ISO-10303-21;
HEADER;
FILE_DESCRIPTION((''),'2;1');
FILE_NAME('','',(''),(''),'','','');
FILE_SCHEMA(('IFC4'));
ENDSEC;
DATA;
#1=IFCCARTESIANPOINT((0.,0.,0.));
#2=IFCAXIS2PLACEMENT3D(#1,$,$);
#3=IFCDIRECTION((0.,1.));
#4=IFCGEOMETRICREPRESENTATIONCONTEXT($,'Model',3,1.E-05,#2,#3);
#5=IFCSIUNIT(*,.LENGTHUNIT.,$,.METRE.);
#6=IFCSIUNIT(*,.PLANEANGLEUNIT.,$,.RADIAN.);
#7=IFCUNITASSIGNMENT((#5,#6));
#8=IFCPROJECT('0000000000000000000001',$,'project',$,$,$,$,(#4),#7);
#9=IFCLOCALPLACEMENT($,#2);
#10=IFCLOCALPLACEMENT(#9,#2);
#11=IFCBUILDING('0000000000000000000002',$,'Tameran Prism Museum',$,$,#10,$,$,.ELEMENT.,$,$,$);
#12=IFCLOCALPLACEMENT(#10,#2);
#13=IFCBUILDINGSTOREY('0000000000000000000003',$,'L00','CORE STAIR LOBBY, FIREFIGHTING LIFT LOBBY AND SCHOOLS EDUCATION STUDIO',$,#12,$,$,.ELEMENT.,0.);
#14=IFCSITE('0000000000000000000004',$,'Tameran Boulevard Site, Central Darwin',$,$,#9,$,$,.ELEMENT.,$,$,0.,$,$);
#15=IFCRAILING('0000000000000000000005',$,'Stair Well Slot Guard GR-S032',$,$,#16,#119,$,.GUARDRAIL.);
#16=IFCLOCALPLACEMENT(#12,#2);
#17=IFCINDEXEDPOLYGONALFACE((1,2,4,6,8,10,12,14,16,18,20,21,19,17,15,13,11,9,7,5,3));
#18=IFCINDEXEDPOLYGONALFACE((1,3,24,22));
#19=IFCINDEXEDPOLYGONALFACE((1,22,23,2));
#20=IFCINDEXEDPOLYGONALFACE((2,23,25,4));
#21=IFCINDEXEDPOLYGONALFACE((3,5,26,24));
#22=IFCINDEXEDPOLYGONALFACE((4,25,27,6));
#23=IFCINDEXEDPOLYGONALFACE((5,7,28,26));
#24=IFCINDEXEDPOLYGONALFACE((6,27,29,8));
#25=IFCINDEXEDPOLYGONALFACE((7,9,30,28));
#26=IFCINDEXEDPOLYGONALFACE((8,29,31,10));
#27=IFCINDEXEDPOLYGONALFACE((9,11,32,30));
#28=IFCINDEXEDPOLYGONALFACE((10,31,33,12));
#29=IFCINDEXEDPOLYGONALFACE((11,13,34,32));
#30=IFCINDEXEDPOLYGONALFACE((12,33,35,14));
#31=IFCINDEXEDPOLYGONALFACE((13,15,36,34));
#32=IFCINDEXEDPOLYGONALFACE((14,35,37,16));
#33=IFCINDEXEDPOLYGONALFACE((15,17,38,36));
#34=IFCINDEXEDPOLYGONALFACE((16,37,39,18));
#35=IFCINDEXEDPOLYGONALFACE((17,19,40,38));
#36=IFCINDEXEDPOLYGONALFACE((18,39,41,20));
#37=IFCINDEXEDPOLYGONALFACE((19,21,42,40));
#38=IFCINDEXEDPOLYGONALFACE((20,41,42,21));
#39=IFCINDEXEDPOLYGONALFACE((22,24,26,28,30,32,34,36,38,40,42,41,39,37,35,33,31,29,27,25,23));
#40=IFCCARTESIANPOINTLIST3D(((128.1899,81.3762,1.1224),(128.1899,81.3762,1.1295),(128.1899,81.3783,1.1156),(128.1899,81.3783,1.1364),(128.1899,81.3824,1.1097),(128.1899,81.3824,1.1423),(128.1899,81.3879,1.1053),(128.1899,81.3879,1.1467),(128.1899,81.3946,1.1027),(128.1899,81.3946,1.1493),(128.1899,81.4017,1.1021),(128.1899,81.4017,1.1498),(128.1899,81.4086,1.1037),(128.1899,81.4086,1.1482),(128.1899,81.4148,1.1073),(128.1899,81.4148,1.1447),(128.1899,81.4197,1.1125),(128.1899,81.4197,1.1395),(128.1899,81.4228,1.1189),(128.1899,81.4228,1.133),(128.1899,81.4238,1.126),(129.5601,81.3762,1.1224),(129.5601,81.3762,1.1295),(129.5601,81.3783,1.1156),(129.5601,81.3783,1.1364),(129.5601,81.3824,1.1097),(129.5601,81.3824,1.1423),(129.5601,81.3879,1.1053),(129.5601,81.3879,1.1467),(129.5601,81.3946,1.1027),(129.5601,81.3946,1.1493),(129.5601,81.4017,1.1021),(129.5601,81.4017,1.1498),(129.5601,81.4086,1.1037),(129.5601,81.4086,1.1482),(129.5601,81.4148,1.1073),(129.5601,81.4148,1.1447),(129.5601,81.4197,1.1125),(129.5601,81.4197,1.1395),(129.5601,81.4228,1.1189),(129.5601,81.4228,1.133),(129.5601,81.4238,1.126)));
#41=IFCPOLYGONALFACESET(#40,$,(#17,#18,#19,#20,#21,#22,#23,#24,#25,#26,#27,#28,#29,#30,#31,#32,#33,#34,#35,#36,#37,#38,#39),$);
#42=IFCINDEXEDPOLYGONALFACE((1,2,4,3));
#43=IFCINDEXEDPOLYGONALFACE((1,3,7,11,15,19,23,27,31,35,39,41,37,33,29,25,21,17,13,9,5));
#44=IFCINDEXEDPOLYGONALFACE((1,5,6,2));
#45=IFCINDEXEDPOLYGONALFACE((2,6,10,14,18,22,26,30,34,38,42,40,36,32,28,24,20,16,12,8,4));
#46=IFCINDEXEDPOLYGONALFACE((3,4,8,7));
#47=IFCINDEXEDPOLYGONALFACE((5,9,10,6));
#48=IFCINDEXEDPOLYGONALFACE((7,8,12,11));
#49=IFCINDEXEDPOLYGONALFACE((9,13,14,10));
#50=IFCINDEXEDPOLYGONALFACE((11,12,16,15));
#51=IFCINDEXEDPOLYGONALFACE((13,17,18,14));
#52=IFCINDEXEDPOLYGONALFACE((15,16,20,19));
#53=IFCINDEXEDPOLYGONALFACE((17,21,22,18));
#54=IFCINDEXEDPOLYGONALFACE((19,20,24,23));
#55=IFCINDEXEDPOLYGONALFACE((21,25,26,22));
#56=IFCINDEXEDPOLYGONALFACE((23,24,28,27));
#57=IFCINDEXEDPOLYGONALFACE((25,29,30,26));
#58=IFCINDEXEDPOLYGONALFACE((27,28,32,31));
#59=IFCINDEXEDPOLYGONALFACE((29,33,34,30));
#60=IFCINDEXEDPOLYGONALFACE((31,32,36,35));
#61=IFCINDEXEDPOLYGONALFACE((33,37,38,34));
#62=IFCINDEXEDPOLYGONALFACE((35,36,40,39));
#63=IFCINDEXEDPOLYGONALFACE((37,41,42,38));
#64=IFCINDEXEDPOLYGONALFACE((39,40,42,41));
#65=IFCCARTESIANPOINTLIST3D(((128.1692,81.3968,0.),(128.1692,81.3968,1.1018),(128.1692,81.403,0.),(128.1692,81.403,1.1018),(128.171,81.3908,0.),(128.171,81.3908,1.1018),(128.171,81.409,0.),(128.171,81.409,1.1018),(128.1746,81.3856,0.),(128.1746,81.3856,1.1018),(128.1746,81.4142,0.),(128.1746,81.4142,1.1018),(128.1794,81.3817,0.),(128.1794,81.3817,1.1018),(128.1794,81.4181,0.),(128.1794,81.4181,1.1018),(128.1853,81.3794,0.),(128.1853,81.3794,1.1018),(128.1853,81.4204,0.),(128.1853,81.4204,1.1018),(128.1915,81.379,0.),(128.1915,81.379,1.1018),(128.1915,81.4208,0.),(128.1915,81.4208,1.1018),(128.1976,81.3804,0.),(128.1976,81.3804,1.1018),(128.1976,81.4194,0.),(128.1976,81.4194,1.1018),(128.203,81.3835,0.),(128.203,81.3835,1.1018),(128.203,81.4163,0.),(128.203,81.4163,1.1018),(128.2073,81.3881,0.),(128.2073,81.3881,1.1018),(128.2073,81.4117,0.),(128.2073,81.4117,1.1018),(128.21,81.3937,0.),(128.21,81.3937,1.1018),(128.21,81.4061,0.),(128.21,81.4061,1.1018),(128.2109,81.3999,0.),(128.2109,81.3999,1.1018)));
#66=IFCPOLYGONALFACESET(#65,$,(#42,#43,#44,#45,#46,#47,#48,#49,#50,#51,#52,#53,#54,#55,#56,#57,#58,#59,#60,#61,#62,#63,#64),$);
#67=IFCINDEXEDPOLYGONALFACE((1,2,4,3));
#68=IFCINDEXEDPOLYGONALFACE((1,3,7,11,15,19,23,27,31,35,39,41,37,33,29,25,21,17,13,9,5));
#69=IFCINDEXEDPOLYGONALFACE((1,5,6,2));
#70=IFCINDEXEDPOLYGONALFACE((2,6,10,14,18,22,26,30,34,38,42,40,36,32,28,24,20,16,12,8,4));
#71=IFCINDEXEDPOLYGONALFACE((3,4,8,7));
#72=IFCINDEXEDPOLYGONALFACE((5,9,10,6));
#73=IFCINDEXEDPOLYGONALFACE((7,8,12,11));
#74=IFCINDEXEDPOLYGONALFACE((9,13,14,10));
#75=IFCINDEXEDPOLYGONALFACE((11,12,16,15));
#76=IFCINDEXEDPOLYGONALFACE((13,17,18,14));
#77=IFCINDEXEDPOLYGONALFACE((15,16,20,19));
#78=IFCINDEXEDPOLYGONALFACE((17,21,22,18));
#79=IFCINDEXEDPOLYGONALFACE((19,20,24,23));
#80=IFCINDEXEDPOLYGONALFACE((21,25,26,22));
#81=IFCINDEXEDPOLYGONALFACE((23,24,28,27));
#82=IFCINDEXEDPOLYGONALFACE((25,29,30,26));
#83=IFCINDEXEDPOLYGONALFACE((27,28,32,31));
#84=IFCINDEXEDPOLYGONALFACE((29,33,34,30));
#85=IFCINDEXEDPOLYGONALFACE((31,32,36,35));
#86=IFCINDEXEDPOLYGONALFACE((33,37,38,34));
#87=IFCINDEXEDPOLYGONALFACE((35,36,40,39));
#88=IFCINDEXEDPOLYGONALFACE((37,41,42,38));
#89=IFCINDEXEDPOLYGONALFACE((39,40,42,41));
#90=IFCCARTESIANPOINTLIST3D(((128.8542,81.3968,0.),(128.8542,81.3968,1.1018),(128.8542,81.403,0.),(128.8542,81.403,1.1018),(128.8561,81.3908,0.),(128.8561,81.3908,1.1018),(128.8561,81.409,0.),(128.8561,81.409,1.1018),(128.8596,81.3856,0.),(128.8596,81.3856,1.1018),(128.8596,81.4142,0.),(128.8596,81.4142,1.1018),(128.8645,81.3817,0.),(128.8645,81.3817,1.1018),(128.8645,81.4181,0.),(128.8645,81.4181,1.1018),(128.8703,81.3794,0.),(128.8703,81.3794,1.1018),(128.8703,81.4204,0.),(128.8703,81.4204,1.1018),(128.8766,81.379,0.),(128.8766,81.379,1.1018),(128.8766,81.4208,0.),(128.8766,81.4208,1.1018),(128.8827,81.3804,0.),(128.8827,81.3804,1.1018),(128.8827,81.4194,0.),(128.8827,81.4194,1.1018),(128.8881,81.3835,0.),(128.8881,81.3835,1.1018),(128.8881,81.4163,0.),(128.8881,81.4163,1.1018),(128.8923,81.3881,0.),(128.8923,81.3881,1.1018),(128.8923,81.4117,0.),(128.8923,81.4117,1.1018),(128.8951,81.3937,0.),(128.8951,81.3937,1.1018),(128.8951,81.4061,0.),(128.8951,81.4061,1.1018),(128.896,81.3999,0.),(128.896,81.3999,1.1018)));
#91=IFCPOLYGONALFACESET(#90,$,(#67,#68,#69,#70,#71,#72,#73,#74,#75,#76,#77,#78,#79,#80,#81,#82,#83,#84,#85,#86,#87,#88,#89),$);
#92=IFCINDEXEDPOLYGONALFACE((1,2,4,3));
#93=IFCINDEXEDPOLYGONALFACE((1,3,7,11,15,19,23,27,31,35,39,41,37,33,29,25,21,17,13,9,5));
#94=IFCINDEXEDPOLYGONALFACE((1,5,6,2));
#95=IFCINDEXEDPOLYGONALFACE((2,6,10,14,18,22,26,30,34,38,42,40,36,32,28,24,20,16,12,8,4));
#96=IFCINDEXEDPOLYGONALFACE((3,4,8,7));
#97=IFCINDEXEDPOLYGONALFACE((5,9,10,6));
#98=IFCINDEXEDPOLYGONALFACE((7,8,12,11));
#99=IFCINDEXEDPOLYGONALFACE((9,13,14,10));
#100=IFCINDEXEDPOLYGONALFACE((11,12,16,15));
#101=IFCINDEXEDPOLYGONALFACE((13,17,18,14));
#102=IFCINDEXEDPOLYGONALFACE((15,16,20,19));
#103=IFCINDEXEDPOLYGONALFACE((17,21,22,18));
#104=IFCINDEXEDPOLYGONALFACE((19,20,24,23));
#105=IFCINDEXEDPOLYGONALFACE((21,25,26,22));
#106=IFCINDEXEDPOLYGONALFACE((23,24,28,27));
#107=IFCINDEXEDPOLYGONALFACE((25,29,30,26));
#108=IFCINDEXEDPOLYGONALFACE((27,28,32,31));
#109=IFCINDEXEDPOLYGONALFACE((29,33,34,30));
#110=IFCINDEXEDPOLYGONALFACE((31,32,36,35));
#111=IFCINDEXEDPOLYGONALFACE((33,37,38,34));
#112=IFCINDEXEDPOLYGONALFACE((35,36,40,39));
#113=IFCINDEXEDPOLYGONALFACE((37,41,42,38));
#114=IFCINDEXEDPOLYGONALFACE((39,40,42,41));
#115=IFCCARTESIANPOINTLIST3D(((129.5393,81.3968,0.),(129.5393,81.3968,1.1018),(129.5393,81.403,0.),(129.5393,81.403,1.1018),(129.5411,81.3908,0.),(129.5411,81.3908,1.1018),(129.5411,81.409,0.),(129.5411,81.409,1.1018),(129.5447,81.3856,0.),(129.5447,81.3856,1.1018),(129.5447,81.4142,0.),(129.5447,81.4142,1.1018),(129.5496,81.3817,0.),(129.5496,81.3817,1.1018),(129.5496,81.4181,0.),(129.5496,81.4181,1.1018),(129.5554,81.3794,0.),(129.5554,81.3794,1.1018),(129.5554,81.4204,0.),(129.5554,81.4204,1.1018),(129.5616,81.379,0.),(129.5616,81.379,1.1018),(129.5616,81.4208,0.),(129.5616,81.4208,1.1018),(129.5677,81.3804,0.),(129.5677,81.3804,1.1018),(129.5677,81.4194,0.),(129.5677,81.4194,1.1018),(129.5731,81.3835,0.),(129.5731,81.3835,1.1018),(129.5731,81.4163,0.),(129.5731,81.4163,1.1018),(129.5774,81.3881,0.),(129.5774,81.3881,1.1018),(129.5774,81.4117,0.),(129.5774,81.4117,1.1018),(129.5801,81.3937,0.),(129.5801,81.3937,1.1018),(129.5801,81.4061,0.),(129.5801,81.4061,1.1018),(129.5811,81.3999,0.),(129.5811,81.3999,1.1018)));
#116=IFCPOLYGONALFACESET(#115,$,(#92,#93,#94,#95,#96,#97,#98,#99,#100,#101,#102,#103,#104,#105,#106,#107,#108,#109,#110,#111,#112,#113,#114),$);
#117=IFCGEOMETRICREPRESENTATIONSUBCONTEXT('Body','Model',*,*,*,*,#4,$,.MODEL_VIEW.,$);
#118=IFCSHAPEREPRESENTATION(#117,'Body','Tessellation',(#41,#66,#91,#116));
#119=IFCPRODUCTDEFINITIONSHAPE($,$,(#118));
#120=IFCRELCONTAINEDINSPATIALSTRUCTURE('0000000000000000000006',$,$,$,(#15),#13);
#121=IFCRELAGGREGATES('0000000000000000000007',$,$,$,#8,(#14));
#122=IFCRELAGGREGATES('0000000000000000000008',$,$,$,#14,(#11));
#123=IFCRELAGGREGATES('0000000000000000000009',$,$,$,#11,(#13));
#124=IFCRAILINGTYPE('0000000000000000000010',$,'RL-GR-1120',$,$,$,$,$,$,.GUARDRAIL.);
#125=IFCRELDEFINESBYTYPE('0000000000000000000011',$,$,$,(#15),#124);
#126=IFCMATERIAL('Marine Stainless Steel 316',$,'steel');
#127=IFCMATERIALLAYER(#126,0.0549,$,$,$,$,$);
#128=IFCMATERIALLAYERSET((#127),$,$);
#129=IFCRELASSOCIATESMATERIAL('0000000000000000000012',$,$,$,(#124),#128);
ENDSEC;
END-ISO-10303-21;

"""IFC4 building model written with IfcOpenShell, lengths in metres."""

from ifc_helpers import new_model, si_unit, direction, frame, origin, origin_2d, place, context, subcontext, project, spatial, circle, extrude, material, layer, layer_set, type_object, element, save


model = new_model("IFC4")

# Units and contexts
model_context = context("Model", 3, precision=1e-05, world=origin(), true_north=direction((0.0, 1.0)))
body_context = subcontext(model_context, "Body", "Model", "MODEL_VIEW")
ifc_project = project(units=[si_unit("LENGTHUNIT", "METRE"), si_unit("PLANEANGLEUNIT", "RADIAN")], contexts=[model_context])

# Site, building, storey
site_placement = place(None, origin())
site = spatial("IfcSite", under=ifc_project, at=site_placement, Name="Tameran Boulevard Site, Central Darwin", CompositionType="ELEMENT", RefElevation=0.0)
building_placement = place(site_placement, origin())
building = spatial("IfcBuilding", under=site, at=building_placement, Name="Tameran Prism Museum", CompositionType="ELEMENT")
storey_placement = place(building_placement, origin())
storey = spatial("IfcBuildingStorey", under=building, at=storey_placement, Name="L00", Description="CORE STAIR LOBBY, FIREFIGHTING LIFT LOBBY AND SCHOOLS EDUCATION STUDIO", CompositionType="ELEMENT", Elevation=0.0)

# Railing
ifc_material_1 = material(Name="Marine Stainless Steel 316", Category="steel")
ifc_layer_1 = layer(ifc_material_1, 0.0549)
ifc_layer_set_1 = layer_set([ifc_layer_1])
railing_type_1 = type_object("IfcRailingType", Name="RL-GR-1120", PredefinedType="GUARDRAIL", material=ifc_layer_set_1)
railing_1_placement = place(storey_placement, frame((128.1899, 81.3999, 0.0)))
element("IfcRailing", 1, at=railing_1_placement, inside=storey, type_object=railing_type_1, Name="Stair Well Slot Guard GR-S032", PredefinedType="GUARDRAIL", context=body_context, shape_type="SweptSolid", body=[
    extrude(circle(Radius=0.0239, at=origin_2d()), frame((0.0, 0.0, 1.126), z_axis=(1.0, 0.0, 0.0), x_axis=(0.0, 1.0, 0.0)), (0.0, 0.0, 1.0), 1.3701),
    extrude(circle(Radius=0.021, at=origin_2d()), origin(), (0.0, 0.0, 1.0), 1.1018),
    extrude(circle(Radius=0.021, at=origin_2d()), frame((0.6851, 0.0, 0.0)), (0.0, 0.0, 1.0), 1.1018),
    extrude(circle(Radius=0.021, at=origin_2d()), frame((1.3701, 0.0, 0.0)), (0.0, 0.0, 1.0), 1.1018),
])

save(model, "model.ifc")
